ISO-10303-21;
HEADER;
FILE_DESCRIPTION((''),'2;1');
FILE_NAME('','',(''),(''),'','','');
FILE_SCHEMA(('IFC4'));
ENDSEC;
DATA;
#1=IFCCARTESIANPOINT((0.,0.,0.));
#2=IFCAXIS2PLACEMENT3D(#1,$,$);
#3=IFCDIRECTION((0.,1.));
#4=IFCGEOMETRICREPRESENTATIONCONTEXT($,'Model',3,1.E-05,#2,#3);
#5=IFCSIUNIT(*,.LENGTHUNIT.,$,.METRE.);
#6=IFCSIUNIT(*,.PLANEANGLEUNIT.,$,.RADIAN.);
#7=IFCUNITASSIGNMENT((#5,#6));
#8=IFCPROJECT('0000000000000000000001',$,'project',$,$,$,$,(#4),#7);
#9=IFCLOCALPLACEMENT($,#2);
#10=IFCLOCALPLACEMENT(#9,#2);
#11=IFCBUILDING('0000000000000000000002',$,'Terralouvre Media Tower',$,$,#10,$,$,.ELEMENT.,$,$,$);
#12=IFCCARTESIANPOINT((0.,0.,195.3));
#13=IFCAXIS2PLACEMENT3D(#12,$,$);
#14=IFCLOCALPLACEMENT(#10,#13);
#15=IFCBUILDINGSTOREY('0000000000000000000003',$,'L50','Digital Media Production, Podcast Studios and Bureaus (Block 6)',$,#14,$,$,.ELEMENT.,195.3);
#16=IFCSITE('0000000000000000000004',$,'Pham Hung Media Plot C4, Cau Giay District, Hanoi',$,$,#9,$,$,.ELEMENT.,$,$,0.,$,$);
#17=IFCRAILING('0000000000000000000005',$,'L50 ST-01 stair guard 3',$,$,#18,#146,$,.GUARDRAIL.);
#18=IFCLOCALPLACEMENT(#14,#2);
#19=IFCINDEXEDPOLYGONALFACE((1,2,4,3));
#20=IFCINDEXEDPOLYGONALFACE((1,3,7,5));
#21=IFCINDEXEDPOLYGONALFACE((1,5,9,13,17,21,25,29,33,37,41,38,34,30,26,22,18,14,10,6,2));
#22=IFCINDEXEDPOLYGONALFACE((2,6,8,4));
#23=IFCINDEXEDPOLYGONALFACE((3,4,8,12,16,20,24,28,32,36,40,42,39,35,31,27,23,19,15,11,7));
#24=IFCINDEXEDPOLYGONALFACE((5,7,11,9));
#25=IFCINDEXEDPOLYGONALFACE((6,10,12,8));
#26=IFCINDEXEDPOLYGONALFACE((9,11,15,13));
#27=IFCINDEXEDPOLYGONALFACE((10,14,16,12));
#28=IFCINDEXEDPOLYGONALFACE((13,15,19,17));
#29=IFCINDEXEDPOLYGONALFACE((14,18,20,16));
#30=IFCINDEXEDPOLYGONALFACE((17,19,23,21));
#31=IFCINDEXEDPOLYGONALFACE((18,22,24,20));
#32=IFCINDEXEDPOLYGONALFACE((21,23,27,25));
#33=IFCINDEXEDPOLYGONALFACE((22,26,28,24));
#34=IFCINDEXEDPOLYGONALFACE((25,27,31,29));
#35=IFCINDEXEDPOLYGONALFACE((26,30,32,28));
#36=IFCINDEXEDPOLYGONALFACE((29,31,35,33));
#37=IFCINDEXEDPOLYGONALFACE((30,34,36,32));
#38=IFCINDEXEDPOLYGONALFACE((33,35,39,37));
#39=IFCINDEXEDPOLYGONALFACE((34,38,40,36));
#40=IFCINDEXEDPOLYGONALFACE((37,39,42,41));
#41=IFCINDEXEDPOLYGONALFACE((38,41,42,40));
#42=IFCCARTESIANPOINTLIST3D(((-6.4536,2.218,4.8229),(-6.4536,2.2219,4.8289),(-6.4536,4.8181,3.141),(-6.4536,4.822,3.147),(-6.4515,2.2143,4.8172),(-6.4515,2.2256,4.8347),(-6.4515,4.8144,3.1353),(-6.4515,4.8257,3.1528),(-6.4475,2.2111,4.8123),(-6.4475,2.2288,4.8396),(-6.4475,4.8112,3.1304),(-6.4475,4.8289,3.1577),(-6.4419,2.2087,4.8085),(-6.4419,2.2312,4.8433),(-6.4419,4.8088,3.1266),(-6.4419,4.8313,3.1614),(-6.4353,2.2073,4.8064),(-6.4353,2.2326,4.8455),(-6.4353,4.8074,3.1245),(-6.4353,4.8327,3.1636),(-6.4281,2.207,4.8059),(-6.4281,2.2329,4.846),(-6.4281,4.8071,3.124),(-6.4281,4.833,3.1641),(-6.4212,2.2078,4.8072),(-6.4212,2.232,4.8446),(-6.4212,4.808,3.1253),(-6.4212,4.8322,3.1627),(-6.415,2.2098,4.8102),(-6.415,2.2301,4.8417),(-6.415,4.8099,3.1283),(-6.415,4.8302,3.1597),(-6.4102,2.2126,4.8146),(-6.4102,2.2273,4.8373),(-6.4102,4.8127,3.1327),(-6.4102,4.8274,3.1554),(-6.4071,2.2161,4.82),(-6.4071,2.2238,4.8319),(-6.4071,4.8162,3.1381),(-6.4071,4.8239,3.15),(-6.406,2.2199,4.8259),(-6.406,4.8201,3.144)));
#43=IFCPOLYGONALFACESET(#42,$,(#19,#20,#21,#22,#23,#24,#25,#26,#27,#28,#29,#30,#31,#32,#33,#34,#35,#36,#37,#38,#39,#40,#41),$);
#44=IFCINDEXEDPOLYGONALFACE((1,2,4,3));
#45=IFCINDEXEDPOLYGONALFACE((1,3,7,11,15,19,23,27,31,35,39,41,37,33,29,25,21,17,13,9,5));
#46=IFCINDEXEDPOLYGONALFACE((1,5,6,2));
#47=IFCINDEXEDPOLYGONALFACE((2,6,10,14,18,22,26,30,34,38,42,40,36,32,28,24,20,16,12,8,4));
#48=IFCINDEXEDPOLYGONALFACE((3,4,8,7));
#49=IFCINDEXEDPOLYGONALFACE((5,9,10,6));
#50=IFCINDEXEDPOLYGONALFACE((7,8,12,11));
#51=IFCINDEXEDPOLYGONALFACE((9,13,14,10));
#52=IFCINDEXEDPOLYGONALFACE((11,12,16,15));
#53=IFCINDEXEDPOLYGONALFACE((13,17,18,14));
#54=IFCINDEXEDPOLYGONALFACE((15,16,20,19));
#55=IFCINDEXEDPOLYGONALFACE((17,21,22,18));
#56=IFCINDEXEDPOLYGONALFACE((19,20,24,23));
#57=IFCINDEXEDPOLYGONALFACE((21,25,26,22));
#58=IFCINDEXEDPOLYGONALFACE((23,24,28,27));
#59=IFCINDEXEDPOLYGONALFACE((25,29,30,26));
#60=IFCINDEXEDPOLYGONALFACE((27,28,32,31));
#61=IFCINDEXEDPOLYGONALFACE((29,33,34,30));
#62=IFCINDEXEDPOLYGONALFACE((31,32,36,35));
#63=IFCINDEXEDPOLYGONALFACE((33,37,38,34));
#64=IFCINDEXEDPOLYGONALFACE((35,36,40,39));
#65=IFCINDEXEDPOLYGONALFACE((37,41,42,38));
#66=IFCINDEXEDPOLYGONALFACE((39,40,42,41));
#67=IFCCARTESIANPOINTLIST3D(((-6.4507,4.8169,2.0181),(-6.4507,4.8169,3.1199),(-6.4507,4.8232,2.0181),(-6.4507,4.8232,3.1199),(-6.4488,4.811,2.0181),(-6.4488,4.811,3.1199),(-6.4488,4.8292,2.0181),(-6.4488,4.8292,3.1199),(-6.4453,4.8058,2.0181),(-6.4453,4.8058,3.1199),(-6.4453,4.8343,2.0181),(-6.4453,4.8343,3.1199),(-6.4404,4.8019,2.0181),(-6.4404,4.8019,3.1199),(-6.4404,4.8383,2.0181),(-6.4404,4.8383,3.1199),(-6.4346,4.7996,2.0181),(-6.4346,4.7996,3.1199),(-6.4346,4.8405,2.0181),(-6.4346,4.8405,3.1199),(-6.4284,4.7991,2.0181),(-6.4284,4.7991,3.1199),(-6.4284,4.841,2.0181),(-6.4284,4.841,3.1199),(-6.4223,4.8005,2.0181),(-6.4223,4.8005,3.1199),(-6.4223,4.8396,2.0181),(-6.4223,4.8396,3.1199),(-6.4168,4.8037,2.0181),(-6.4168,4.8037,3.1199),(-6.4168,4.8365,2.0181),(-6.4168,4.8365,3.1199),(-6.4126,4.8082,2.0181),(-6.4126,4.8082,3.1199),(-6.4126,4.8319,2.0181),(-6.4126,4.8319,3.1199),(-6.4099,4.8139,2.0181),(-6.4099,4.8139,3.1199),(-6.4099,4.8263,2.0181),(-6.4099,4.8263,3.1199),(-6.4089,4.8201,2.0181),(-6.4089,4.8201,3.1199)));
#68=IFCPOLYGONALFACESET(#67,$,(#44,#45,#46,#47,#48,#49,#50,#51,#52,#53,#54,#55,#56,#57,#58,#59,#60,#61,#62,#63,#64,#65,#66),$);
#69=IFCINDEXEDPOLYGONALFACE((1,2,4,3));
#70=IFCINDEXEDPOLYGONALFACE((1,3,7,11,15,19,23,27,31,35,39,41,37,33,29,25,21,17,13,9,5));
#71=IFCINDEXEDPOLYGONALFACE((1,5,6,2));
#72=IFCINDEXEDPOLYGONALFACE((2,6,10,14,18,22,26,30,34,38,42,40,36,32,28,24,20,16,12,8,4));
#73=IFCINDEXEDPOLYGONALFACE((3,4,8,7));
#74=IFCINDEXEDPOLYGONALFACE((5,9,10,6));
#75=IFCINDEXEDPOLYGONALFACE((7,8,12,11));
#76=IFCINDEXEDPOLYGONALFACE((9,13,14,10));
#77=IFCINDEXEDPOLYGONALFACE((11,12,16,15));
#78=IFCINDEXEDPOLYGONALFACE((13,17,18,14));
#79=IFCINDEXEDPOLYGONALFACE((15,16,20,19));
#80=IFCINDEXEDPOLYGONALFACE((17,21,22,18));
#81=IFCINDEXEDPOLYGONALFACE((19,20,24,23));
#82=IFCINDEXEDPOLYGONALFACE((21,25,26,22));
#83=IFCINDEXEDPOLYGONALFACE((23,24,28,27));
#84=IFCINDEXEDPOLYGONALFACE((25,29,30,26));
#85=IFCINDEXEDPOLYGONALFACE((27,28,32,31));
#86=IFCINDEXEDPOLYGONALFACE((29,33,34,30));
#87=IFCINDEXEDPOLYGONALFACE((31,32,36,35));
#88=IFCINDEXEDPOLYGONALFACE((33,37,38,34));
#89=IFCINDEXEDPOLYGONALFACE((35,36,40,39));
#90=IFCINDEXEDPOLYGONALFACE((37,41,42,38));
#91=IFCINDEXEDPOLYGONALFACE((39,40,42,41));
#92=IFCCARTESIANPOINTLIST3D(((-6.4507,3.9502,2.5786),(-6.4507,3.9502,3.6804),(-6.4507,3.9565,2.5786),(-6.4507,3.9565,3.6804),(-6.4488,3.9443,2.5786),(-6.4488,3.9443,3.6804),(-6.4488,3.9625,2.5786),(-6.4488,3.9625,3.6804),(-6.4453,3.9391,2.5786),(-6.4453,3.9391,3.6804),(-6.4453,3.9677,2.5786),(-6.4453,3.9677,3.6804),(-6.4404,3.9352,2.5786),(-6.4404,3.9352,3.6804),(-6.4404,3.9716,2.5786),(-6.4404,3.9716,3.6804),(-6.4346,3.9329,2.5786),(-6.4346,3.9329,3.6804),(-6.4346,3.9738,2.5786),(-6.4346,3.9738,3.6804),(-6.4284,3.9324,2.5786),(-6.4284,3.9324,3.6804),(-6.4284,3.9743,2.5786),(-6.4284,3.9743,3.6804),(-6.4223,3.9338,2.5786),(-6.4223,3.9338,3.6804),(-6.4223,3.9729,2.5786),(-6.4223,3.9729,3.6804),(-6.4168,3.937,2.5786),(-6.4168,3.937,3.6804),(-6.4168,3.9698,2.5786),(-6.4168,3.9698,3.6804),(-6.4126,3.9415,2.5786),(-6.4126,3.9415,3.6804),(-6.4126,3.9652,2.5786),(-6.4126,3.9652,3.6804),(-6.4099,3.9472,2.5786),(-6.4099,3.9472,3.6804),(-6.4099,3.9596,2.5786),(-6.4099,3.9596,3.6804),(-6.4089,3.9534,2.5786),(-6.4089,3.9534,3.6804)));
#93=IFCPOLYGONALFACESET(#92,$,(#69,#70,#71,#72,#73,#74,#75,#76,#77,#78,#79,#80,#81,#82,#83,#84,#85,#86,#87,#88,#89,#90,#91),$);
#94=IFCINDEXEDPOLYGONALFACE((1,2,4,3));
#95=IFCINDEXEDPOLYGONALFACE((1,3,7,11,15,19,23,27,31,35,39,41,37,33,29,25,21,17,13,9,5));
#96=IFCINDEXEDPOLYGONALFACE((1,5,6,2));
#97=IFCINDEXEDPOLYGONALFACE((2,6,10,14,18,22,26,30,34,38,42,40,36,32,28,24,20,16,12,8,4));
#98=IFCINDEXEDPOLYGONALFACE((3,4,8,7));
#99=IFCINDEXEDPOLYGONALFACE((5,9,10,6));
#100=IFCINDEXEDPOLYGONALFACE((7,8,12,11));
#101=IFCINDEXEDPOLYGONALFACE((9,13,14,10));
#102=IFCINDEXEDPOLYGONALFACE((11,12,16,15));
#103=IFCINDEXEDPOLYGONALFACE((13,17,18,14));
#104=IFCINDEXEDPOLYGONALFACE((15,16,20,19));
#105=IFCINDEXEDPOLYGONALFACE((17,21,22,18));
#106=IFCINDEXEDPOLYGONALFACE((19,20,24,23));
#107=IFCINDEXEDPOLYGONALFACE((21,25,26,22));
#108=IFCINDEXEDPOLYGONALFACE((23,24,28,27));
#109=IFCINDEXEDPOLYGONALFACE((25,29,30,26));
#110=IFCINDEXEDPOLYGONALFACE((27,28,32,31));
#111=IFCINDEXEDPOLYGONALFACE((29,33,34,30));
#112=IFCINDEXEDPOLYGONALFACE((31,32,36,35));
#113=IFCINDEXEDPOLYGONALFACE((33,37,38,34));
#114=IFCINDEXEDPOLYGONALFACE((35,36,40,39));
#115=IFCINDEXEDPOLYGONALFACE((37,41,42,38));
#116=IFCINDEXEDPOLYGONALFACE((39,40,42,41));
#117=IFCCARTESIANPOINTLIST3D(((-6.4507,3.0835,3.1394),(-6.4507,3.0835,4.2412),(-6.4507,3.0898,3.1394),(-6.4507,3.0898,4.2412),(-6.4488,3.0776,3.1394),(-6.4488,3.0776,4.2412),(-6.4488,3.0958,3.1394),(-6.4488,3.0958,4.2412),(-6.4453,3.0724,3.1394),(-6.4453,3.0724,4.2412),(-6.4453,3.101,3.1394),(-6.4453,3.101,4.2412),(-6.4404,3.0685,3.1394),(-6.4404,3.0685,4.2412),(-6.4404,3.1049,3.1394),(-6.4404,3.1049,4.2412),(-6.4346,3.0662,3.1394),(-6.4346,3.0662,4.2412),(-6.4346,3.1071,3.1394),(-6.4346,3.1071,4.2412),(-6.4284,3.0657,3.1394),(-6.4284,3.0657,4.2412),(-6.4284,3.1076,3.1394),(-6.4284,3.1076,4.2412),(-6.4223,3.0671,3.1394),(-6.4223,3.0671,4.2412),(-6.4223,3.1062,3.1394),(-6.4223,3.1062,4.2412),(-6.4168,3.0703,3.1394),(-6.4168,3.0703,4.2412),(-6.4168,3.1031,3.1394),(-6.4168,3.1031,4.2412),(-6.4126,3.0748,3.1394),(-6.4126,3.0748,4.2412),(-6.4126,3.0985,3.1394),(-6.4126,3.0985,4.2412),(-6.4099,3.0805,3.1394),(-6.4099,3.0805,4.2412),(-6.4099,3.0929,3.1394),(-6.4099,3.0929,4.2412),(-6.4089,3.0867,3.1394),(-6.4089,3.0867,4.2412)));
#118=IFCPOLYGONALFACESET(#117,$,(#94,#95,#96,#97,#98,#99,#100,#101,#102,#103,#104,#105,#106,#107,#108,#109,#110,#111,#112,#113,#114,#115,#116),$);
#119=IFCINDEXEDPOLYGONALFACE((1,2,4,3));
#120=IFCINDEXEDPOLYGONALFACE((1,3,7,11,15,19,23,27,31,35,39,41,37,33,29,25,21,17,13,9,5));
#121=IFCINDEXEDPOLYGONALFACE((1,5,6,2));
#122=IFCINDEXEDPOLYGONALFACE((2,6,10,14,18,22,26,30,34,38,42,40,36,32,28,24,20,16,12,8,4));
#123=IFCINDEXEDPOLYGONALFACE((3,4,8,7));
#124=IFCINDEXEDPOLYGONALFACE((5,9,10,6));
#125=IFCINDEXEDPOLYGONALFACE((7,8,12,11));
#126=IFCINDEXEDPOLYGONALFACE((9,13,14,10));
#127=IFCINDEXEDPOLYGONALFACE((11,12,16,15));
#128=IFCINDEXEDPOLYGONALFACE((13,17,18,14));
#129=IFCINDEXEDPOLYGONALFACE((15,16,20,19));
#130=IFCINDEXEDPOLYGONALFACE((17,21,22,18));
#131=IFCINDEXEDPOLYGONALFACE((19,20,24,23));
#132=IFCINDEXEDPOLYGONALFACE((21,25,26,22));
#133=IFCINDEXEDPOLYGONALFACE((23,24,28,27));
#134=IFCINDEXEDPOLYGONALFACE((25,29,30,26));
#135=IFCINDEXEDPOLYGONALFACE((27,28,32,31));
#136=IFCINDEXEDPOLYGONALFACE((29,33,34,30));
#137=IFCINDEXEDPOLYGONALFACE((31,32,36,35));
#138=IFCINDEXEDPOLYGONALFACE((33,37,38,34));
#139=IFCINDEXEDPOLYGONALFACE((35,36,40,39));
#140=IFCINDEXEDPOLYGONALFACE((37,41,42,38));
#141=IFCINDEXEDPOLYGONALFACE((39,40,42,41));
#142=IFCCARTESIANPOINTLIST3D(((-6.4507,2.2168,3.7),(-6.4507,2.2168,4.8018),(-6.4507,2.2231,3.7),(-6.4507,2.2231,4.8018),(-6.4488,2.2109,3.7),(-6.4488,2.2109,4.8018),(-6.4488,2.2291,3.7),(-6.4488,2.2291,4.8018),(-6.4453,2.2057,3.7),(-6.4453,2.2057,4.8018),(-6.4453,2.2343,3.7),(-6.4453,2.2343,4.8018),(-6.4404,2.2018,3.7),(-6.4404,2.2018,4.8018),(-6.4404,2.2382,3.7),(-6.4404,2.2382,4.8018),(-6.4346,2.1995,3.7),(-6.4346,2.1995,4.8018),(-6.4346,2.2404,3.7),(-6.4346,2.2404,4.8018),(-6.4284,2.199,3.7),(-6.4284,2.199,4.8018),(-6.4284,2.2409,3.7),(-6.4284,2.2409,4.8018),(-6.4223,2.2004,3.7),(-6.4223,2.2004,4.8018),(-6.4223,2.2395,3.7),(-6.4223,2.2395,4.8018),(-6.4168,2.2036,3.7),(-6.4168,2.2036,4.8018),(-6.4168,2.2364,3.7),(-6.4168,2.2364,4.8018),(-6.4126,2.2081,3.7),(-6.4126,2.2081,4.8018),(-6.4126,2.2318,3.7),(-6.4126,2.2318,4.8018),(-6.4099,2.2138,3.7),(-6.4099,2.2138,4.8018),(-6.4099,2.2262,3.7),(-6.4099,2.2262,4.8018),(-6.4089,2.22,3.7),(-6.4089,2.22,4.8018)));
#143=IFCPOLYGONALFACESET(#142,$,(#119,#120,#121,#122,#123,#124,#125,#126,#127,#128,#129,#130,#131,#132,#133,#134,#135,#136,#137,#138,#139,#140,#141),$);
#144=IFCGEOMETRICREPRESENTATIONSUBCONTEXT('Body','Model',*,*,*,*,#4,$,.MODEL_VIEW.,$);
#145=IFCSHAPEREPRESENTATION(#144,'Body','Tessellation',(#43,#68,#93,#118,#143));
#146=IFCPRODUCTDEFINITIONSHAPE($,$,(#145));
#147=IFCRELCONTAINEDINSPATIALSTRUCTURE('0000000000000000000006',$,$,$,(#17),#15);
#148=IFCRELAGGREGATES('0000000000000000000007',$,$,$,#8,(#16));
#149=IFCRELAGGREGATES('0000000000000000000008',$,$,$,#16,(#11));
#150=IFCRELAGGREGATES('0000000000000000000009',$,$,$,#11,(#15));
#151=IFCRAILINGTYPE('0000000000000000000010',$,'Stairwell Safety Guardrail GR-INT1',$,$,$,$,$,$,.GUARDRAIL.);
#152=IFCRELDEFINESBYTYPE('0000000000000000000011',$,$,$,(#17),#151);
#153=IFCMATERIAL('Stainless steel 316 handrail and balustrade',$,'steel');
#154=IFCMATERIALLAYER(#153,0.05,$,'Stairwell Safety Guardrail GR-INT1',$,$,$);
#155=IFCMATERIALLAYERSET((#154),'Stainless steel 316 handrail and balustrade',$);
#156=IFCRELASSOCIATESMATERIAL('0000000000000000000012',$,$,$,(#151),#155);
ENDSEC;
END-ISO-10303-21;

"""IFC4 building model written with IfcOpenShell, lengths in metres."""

from ifc_helpers import new_model, si_unit, direction, frame, origin, origin_2d, place, context, subcontext, project, spatial, circle, extrude, material, layer, layer_set, type_object, element, save


model = new_model("IFC4")

# Units and contexts
model_context = context("Model", 3, precision=1e-05, world=origin(), true_north=direction((0.0, 1.0)))
body_context = subcontext(model_context, "Body", "Model", "MODEL_VIEW")
ifc_project = project(units=[si_unit("LENGTHUNIT", "METRE"), si_unit("PLANEANGLEUNIT", "RADIAN")], contexts=[model_context])

# Site, building, storey
site_placement = place(None, origin())
site = spatial("IfcSite", under=ifc_project, at=site_placement, Name="Pham Hung Media Plot C4, Cau Giay District, Hanoi", CompositionType="ELEMENT", RefElevation=0.0)
building_placement = place(site_placement, origin())
building = spatial("IfcBuilding", under=site, at=building_placement, Name="Terralouvre Media Tower", CompositionType="ELEMENT")
storey_placement = place(building_placement, frame((0.0, 0.0, 195.3)))
storey = spatial("IfcBuildingStorey", under=building, at=storey_placement, Name="L50", Description="Digital Media Production, Podcast Studios and Bureaus (Block 6)", CompositionType="ELEMENT", Elevation=195.3)

# Railing
ifc_material_1 = material(Name="Stainless steel 316 handrail and balustrade", Category="steel")
ifc_layer_1 = layer(ifc_material_1, 0.05, Name="Stairwell Safety Guardrail GR-INT1")
ifc_layer_set_1 = layer_set([ifc_layer_1], Name="Stainless steel 316 handrail and balustrade")
railing_type_1 = type_object("IfcRailingType", Name="Stairwell Safety Guardrail GR-INT1", PredefinedType="GUARDRAIL", material=ifc_layer_set_1)
railing_1_placement = place(storey_placement, frame((-6.4299, 4.8201, 2.0181)))
element("IfcRailing", 1, at=railing_1_placement, inside=storey, type_object=railing_type_1, Name="L50 ST-01 stair guard 3", PredefinedType="GUARDRAIL", context=body_context, shape_type="SweptSolid", body=[
    extrude(circle(Radius=0.0239, at=origin_2d()), frame((0.0, 0.0, 1.126), z_axis=(0.0, -0.839648, 0.54313), x_axis=(1.0, 0.0, 0.0)), (0.0, 0.0, 1.0), 3.0967),
    extrude(circle(Radius=0.021, at=origin_2d()), origin(), (0.0, 0.0, 1.0), 1.1018),
    extrude(circle(Radius=0.021, at=origin_2d()), frame((0.0, -0.8667, 0.5605)), (0.0, 0.0, 1.0), 1.1018),
    extrude(circle(Radius=0.021, at=origin_2d()), frame((0.0, -1.7334, 1.1213)), (0.0, 0.0, 1.0), 1.1018),
    extrude(circle(Radius=0.021, at=origin_2d()), frame((0.0, -2.6001, 1.6819)), (0.0, 0.0, 1.0), 1.1018),
])

save(model, "model.ifc")
